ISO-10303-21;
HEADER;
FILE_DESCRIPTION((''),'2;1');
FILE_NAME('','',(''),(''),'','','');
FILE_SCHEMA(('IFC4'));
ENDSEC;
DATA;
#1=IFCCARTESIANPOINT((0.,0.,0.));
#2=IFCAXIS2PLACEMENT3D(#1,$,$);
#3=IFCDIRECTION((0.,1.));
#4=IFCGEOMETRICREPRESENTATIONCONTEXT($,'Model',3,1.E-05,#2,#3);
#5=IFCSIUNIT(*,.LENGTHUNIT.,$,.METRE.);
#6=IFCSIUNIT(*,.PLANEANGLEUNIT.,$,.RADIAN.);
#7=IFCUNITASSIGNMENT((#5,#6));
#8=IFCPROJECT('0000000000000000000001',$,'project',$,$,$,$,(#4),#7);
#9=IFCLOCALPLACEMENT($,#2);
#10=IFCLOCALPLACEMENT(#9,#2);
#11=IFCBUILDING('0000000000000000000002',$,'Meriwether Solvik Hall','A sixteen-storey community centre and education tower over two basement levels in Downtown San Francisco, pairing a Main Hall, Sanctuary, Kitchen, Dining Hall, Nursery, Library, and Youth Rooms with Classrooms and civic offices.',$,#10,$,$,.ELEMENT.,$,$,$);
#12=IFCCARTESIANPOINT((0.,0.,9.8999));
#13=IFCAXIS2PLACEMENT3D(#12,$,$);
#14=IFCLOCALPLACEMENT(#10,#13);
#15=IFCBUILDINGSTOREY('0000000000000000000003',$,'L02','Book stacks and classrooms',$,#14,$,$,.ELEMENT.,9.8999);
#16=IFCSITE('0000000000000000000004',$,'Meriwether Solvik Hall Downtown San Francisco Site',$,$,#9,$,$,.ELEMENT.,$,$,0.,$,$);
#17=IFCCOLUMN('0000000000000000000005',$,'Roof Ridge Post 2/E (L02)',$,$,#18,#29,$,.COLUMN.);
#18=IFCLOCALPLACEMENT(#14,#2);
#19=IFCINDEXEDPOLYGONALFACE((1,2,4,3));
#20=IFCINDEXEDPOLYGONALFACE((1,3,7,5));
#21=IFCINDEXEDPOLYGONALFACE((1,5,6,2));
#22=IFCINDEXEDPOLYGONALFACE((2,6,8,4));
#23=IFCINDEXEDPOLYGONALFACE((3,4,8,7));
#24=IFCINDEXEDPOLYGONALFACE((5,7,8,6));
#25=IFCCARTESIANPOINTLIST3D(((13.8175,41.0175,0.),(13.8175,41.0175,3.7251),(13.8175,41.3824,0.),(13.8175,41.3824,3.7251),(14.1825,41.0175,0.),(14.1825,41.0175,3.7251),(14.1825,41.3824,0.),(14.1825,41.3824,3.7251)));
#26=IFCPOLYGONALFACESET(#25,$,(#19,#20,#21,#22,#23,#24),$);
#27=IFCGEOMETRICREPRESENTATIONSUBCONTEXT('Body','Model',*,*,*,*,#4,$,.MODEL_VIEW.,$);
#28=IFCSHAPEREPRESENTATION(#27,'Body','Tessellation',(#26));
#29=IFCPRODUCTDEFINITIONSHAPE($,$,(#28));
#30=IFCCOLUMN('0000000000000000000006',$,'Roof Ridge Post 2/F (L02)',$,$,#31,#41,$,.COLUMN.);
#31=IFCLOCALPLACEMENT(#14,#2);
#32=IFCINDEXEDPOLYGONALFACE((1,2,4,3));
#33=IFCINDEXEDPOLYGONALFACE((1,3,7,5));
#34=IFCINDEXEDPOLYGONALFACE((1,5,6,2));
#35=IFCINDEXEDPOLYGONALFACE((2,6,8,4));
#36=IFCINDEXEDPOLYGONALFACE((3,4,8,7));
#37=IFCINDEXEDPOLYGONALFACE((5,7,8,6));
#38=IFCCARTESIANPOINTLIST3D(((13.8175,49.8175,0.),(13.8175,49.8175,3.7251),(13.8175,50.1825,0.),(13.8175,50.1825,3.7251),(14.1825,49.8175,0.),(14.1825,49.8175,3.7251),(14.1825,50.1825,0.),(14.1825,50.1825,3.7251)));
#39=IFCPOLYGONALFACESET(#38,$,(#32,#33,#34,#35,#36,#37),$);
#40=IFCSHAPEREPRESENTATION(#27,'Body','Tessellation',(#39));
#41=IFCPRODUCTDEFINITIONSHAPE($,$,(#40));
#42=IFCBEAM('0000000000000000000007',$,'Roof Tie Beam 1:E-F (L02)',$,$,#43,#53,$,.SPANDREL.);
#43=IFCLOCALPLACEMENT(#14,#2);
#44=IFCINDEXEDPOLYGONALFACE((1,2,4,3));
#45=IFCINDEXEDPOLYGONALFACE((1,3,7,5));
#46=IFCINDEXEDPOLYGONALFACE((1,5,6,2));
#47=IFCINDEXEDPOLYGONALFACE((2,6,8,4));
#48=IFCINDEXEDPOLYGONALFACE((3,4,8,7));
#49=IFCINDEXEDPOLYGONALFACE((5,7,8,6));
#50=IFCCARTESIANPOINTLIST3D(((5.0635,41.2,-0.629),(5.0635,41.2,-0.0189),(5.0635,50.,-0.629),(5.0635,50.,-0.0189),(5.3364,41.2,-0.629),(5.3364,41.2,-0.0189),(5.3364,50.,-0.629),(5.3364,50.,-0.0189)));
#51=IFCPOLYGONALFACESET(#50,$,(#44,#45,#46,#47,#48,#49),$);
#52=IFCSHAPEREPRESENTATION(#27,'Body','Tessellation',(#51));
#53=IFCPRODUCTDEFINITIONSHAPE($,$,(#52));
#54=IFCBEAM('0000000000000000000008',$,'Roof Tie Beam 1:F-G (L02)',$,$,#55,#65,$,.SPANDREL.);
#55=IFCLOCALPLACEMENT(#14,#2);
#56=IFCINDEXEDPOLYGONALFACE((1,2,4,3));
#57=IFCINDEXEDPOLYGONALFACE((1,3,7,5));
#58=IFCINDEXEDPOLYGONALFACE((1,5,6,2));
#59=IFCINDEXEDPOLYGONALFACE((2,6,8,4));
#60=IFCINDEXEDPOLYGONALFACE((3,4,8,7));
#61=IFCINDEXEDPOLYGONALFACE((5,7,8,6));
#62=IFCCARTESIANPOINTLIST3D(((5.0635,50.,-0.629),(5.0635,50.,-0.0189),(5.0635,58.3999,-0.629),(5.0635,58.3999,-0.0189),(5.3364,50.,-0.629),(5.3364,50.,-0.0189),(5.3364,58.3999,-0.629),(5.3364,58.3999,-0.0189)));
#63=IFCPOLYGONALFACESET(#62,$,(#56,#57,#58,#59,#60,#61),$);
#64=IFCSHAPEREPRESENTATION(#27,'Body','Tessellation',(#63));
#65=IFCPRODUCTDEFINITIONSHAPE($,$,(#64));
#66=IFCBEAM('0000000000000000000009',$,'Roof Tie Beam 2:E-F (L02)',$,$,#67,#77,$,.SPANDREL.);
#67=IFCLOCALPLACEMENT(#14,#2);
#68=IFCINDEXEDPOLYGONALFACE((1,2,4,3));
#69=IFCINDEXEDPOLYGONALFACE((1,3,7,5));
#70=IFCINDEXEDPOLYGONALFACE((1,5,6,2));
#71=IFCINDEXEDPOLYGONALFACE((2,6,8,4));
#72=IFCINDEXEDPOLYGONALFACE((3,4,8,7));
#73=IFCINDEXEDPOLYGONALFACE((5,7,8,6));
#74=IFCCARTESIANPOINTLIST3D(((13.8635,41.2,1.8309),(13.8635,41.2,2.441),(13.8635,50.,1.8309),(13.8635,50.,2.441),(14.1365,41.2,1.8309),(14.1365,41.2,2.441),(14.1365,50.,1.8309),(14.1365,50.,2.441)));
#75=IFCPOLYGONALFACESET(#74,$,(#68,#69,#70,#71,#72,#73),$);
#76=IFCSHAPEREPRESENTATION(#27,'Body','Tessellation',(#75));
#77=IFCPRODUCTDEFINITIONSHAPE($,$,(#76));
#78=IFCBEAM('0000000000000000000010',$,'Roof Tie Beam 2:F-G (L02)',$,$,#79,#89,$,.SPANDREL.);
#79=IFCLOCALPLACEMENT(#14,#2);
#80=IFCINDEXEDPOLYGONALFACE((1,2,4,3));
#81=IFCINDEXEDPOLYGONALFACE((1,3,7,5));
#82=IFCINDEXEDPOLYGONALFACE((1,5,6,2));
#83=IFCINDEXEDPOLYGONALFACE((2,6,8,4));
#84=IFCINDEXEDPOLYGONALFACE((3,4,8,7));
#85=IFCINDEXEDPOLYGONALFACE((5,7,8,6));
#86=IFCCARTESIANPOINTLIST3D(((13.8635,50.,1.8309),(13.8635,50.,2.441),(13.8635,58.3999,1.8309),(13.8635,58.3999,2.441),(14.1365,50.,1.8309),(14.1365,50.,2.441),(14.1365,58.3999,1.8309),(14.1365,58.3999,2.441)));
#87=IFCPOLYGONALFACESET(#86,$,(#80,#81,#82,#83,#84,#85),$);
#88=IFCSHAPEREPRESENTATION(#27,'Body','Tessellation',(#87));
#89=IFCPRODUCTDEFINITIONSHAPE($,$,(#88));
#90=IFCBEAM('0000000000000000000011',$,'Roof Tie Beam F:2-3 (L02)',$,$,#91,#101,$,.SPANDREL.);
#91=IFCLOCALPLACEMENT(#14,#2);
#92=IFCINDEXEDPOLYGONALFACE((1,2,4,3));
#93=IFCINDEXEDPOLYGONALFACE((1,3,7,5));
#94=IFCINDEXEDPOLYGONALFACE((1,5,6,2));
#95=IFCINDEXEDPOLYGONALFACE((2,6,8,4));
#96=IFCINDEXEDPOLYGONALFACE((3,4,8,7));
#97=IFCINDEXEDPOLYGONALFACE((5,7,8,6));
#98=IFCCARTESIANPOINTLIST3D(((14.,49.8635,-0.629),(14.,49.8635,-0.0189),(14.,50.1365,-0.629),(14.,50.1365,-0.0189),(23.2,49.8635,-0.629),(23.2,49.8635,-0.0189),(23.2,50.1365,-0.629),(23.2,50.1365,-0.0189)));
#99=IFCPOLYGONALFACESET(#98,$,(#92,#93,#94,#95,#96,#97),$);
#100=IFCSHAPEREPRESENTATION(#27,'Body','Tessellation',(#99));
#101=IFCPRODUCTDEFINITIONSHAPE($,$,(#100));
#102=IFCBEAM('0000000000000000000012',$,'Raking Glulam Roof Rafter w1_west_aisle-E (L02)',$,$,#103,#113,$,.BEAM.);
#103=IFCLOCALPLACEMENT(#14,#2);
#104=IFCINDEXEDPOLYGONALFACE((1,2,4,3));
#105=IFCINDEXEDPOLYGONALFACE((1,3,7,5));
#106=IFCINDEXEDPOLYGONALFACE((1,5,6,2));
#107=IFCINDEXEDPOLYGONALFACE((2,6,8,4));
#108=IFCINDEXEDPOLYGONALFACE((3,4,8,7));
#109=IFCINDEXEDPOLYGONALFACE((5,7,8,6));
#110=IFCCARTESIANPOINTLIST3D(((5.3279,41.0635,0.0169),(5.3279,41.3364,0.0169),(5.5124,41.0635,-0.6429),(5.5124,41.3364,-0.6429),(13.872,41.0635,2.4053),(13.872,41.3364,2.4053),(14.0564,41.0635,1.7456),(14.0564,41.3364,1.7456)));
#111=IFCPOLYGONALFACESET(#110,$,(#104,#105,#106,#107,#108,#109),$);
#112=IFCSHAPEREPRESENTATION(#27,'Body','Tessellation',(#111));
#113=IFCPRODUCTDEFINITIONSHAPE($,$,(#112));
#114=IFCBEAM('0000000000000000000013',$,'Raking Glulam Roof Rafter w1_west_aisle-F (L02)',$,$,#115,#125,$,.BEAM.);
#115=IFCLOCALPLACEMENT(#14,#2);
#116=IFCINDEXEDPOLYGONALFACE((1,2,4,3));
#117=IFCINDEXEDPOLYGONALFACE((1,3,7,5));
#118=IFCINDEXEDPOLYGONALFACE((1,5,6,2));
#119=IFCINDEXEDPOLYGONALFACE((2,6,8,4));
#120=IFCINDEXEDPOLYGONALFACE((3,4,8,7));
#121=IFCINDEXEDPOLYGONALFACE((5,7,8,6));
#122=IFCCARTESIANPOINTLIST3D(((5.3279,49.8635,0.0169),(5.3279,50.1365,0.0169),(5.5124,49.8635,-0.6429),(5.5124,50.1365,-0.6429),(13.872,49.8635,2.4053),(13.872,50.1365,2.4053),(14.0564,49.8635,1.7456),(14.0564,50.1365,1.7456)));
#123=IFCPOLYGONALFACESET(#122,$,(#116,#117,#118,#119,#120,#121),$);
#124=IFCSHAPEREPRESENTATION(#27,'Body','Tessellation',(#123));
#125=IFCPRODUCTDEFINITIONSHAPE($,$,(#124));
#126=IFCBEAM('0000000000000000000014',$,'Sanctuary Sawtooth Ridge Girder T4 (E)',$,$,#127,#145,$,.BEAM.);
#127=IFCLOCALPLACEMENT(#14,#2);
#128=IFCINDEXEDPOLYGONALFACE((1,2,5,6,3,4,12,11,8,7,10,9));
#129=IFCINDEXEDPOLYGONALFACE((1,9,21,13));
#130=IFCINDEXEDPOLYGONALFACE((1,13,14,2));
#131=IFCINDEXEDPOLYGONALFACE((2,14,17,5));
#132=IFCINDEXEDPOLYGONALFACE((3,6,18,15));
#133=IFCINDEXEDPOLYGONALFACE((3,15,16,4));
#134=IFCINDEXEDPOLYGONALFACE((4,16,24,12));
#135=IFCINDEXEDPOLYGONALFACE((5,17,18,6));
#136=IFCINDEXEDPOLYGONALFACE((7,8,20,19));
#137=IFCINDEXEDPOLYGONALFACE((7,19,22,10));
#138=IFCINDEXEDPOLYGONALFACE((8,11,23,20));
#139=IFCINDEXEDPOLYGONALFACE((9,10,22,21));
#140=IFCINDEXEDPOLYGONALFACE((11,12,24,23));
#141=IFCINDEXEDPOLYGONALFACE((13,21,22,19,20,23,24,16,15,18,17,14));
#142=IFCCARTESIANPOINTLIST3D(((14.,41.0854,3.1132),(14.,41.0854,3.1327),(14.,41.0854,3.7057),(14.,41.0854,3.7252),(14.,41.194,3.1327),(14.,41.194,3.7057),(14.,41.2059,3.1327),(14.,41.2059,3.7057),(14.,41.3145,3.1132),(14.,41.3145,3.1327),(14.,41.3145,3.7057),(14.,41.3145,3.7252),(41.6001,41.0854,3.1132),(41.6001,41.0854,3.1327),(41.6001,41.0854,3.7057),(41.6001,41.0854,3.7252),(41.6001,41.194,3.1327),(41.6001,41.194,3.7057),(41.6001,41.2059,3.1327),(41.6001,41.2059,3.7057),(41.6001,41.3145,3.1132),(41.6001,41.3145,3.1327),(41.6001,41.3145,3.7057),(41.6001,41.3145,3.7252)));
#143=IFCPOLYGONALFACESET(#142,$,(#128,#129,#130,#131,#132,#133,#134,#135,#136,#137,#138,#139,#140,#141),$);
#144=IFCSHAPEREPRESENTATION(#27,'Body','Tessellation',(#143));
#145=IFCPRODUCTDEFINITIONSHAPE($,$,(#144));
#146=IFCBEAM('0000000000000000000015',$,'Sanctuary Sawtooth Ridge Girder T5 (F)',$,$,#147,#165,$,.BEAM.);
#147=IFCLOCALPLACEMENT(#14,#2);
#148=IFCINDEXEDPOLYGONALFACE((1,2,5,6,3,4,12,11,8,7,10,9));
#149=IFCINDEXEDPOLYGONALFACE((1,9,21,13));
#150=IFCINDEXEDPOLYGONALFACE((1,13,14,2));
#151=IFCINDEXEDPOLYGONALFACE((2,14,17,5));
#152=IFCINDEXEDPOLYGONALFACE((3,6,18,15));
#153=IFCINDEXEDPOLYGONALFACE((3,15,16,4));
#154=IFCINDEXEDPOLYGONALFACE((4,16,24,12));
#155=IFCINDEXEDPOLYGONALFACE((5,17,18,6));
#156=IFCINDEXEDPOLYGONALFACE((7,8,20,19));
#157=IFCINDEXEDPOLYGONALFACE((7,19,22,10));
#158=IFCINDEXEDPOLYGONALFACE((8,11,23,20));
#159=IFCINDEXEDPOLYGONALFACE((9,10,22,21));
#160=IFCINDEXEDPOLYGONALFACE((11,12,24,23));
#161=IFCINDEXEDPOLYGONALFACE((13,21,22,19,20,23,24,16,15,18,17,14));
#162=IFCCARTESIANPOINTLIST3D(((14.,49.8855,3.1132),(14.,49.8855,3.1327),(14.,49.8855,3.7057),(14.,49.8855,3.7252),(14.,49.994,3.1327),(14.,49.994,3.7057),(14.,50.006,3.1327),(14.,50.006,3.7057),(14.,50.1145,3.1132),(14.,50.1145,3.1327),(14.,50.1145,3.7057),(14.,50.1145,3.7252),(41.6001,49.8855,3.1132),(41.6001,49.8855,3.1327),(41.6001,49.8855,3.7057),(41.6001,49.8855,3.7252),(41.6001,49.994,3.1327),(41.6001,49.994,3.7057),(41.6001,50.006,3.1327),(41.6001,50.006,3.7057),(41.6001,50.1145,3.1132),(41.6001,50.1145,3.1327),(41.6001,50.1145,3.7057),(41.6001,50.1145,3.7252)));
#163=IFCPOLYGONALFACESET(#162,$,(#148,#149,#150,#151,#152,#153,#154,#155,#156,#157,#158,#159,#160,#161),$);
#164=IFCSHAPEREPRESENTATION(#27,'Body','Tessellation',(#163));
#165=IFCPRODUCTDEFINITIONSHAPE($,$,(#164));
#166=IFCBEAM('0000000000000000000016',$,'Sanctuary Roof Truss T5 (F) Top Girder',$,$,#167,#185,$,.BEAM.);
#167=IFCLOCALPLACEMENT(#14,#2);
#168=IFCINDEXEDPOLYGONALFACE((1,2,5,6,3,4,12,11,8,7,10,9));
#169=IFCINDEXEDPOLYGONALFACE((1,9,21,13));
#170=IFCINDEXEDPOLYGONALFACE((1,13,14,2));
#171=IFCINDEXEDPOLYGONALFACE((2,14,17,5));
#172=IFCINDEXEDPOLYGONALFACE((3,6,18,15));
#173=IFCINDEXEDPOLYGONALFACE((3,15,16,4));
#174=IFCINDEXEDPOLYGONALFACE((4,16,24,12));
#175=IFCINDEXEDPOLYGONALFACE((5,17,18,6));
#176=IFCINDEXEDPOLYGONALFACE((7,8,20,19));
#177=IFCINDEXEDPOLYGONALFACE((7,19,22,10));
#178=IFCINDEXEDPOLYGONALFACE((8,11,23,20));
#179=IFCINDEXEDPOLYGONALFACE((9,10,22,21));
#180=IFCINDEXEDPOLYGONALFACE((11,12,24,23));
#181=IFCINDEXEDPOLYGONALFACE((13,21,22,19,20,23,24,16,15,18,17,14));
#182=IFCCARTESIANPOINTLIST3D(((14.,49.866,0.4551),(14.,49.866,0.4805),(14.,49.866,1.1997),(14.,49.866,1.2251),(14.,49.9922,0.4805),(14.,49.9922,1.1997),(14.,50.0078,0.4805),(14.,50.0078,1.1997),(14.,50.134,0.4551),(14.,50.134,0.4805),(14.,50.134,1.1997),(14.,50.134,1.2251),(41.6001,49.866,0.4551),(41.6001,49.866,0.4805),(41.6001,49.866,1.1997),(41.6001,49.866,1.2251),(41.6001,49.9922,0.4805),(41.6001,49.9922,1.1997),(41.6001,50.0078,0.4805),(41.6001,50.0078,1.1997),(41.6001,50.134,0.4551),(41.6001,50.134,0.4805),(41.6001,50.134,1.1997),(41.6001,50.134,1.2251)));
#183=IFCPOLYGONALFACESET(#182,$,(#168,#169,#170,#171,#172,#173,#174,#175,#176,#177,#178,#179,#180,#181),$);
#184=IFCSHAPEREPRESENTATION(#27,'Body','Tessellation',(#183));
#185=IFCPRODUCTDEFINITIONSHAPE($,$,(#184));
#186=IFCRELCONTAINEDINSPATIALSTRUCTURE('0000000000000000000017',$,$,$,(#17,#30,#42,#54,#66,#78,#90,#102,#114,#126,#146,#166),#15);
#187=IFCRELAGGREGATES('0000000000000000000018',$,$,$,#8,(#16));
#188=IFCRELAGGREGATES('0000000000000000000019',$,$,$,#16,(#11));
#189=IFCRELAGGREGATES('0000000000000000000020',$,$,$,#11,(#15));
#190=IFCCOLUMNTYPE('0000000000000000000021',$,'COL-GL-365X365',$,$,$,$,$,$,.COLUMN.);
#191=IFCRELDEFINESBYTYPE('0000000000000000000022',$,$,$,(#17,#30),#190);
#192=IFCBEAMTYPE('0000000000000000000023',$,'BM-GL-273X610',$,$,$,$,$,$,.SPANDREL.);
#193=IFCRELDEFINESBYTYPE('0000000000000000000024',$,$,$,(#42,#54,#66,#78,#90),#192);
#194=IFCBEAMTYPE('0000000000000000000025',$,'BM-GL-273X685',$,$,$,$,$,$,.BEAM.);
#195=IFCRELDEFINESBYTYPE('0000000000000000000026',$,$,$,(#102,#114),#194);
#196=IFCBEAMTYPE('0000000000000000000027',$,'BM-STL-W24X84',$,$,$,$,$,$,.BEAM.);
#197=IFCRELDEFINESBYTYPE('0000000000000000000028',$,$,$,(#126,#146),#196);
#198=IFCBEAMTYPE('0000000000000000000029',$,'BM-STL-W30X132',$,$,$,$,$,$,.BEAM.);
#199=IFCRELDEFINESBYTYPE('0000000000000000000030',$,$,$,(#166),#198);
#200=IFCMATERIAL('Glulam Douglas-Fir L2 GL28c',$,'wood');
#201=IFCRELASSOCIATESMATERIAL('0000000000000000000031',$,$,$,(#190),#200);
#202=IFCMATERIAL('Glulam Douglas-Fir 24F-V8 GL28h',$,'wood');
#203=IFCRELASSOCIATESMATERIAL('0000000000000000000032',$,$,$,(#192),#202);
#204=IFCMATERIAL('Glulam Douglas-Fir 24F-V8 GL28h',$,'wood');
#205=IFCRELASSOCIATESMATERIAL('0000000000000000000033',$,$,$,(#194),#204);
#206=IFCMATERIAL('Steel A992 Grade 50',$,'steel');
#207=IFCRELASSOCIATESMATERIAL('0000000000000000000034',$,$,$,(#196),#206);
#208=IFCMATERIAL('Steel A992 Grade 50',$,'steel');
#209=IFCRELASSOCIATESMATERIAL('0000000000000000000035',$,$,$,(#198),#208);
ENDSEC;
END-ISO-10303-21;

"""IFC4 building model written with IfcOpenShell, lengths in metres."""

from ifc_helpers import new_model, si_unit, direction, frame, origin, origin_2d, place, context, subcontext, project, spatial, rectangle, i_section, extrude, material, material_profile, profile_set, type_object, element, save


model = new_model("IFC4")

# Units and contexts
model_context = context("Model", 3, precision=1e-05, world=origin(), true_north=direction((0.0, 1.0)))
body_context = subcontext(model_context, "Body", "Model", "MODEL_VIEW")
ifc_project = project(units=[si_unit("LENGTHUNIT", "METRE"), si_unit("PLANEANGLEUNIT", "RADIAN")], contexts=[model_context])

# Site, building, storey
site_placement = place(None, origin())
site = spatial("IfcSite", under=ifc_project, at=site_placement, Name="Meriwether Solvik Hall Downtown San Francisco Site", CompositionType="ELEMENT", RefElevation=0.0)
building_placement = place(site_placement, origin())
building = spatial("IfcBuilding", under=site, at=building_placement, Name="Meriwether Solvik Hall", Description="A sixteen-storey community centre and education tower over two basement levels in Downtown San Francisco, pairing a Main Hall, Sanctuary, Kitchen, Dining Hall, Nursery, Library, and Youth Rooms with Classrooms and civic offices.", CompositionType="ELEMENT")
storey_placement = place(building_placement, frame((0.0, 0.0, 9.8999)))
storey = spatial("IfcBuildingStorey", under=building, at=storey_placement, Name="L02", Description="Book stacks and classrooms", CompositionType="ELEMENT", Elevation=9.8999)

# Columns
ifc_material_1 = material(Name="Glulam Douglas-Fir L2 GL28c", Category="wood")
ifc_material_profile_1 = material_profile(ifc_material_1, rectangle(XDim=0.365, YDim=0.365, at=origin_2d()), Name="GLC-365X365")
ifc_profile_set_1 = profile_set([ifc_material_profile_1], Name="Glulam Douglas-Fir L2 GL28c")
column_type = type_object("IfcColumnType", Name="COL-GL-365X365", PredefinedType="COLUMN", material=ifc_profile_set_1)
for number, where, z_axis, x_axis, name in (
    (1, (14.0, 41.2, 0.0), (0.0, 0.0, 1.0), (1.0, 0.0, 0.0), "Roof Ridge Post 2/E (L02)"),
    (2, (14.0, 50.0, 0.0), (0.0, 0.0, 1.0), (1.0, 0.0, 0.0), "Roof Ridge Post 2/F (L02)"),
):
    element("IfcColumn", number, at=place(storey_placement, frame(where, z_axis=z_axis, x_axis=x_axis)), inside=storey, type_object=column_type, Name=name, PredefinedType="COLUMN", context=body_context, shape_type="SweptSolid", body=[
        extrude(rectangle(XDim=0.365, YDim=0.365, at=origin_2d()), origin(), (0.0, 0.0, 1.0), 3.7251),
    ])

# Beams
ifc_material_2 = material(Name="Glulam Douglas-Fir 24F-V8 GL28h", Category="wood")
ifc_material_profile_2 = material_profile(ifc_material_2, rectangle(XDim=0.2729, YDim=0.6101, at=origin_2d()), Name="GLB-273X610")
ifc_profile_set_2 = profile_set([ifc_material_profile_2], Name="Glulam Douglas-Fir 24F-V8 GL28h")
beam_type_1 = type_object("IfcBeamType", Name="BM-GL-273X610", PredefinedType="SPANDREL", material=ifc_profile_set_2)
beam_1_placement = place(storey_placement, frame((5.2, 41.2, -0.324), z_axis=(0.0, 1.0, 0.0), x_axis=(-1.0, 0.0, 0.0)))
element("IfcBeam", 3, at=beam_1_placement, inside=storey, type_object=beam_type_1, Name="Roof Tie Beam 1:E-F (L02)", PredefinedType="SPANDREL", context=body_context, shape_type="SweptSolid", body=[
    extrude(rectangle(XDim=0.2729, YDim=0.6101, at=origin_2d()), origin(), (0.0, 0.0, 1.0), 8.8),
])
beam_2_placement = place(storey_placement, frame((5.2, 50.0, -0.324), z_axis=(0.0, 1.0, 0.0), x_axis=(-1.0, 0.0, 0.0)))
element("IfcBeam", 4, at=beam_2_placement, inside=storey, type_object=beam_type_1, Name="Roof Tie Beam 1:F-G (L02)", PredefinedType="SPANDREL", context=body_context, shape_type="SweptSolid", body=[
    extrude(rectangle(XDim=0.2729, YDim=0.6101, at=origin_2d()), origin(), (0.0, 0.0, 1.0), 8.3999),
])
beam_3_placement = place(storey_placement, frame((14.0, 41.2, 2.136), z_axis=(0.0, 1.0, 0.0), x_axis=(-1.0, 0.0, 0.0)))
element("IfcBeam", 5, at=beam_3_placement, inside=storey, type_object=beam_type_1, Name="Roof Tie Beam 2:E-F (L02)", PredefinedType="SPANDREL", context=body_context, shape_type="SweptSolid", body=[
    extrude(rectangle(XDim=0.2729, YDim=0.6101, at=origin_2d()), origin(), (0.0, 0.0, 1.0), 8.8),
])
beam_4_placement = place(storey_placement, frame((14.0, 50.0, 2.136), z_axis=(0.0, 1.0, 0.0), x_axis=(-1.0, 0.0, 0.0)))
element("IfcBeam", 6, at=beam_4_placement, inside=storey, type_object=beam_type_1, Name="Roof Tie Beam 2:F-G (L02)", PredefinedType="SPANDREL", context=body_context, shape_type="SweptSolid", body=[
    extrude(rectangle(XDim=0.2729, YDim=0.6101, at=origin_2d()), origin(), (0.0, 0.0, 1.0), 8.3999),
])
beam_5_placement = place(storey_placement, frame((14.0, 50.0, -0.324), z_axis=(1.0, 0.0, 0.0), x_axis=(0.0, 1.0, 0.0)))
element("IfcBeam", 7, at=beam_5_placement, inside=storey, type_object=beam_type_1, Name="Roof Tie Beam F:2-3 (L02)", PredefinedType="SPANDREL", context=body_context, shape_type="SweptSolid", body=[
    extrude(rectangle(XDim=0.2729, YDim=0.6101, at=origin_2d()), origin(), (0.0, 0.0, 1.0), 9.2),
])
ifc_material_3 = material(Name="Glulam Douglas-Fir 24F-V8 GL28h", Category="wood")
ifc_material_profile_3 = material_profile(ifc_material_3, rectangle(XDim=0.2729, YDim=0.6851, at=origin_2d()), Name="GLB-273X685")
ifc_profile_set_3 = profile_set([ifc_material_profile_3], Name="Glulam Douglas-Fir 24F-V8 GL28h")
beam_type_2 = type_object("IfcBeamType", Name="BM-GL-273X685", PredefinedType="BEAM", material=ifc_profile_set_3)
for number, where, z_axis, x_axis, name in (
    (8, (5.4202, 41.2, -0.313), (0.963077, 0.0, 0.269225), (0.0, 1.0, 0.0), "Raking Glulam Roof Rafter w1_west_aisle-E (L02)"),
    (9, (5.4202, 50.0, -0.313), (0.963077, 0.0, 0.269225), (0.0, 1.0, 0.0), "Raking Glulam Roof Rafter w1_west_aisle-F (L02)"),
):
    element("IfcBeam", number, at=place(storey_placement, frame(where, z_axis=z_axis, x_axis=x_axis)), inside=storey, type_object=beam_type_2, Name=name, PredefinedType="BEAM", context=body_context, shape_type="SweptSolid", body=[
        extrude(rectangle(XDim=0.2729, YDim=0.6851, at=origin_2d()), origin(), (0.0, 0.0, 1.0), 8.8716),
    ])
ifc_material_4 = material(Name="Steel A992 Grade 50", Category="steel")
ifc_material_profile_4 = material_profile(ifc_material_4, i_section(OverallWidth=0.229, OverallDepth=0.6121, WebThickness=0.012, FlangeThickness=0.0195, at=origin_2d()), Name="W24X84")
ifc_profile_set_4 = profile_set([ifc_material_profile_4], Name="Steel A992 Grade 50")
beam_type_3 = type_object("IfcBeamType", Name="BM-STL-W24X84", PredefinedType="BEAM", material=ifc_profile_set_4)
for number, where, z_axis, x_axis, name in (
    (10, (14.0, 41.2, 3.4192), (1.0, 0.0, 0.0), (0.0, 1.0, 0.0), "Sanctuary Sawtooth Ridge Girder T4 (E)"),
    (11, (14.0, 50.0, 3.4192), (1.0, 0.0, 0.0), (0.0, 1.0, 0.0), "Sanctuary Sawtooth Ridge Girder T5 (F)"),
):
    element("IfcBeam", number, at=place(storey_placement, frame(where, z_axis=z_axis, x_axis=x_axis)), inside=storey, type_object=beam_type_3, Name=name, PredefinedType="BEAM", context=body_context, shape_type="SweptSolid", body=[
        extrude(i_section(OverallWidth=0.229, OverallDepth=0.6121, WebThickness=0.012, FlangeThickness=0.0195, at=origin_2d()), origin(), (0.0, 0.0, 1.0), 27.6001),
    ])
ifc_material_5 = material(Name="Steel A992 Grade 50", Category="steel")
ifc_material_profile_5 = material_profile(ifc_material_5, i_section(OverallWidth=0.2681, OverallDepth=0.77, WebThickness=0.0156, FlangeThickness=0.0254, at=origin_2d()), Name="W30X132")
ifc_profile_set_5 = profile_set([ifc_material_profile_5], Name="Steel A992 Grade 50")
beam_type_4 = type_object("IfcBeamType", Name="BM-STL-W30X132", PredefinedType="BEAM", material=ifc_profile_set_5)
beam_6_placement = place(storey_placement, frame((14.0, 50.0, 0.8401), z_axis=(1.0, 0.0, 0.0), x_axis=(0.0, 1.0, 0.0)))
element("IfcBeam", 12, at=beam_6_placement, inside=storey, type_object=beam_type_4, Name="Sanctuary Roof Truss T5 (F) Top Girder", PredefinedType="BEAM", context=body_context, shape_type="SweptSolid", body=[
    extrude(i_section(OverallWidth=0.2681, OverallDepth=0.77, WebThickness=0.0156, FlangeThickness=0.0254, at=origin_2d()), origin(), (0.0, 0.0, 1.0), 27.6001),
])

save(model, "model.ifc")
